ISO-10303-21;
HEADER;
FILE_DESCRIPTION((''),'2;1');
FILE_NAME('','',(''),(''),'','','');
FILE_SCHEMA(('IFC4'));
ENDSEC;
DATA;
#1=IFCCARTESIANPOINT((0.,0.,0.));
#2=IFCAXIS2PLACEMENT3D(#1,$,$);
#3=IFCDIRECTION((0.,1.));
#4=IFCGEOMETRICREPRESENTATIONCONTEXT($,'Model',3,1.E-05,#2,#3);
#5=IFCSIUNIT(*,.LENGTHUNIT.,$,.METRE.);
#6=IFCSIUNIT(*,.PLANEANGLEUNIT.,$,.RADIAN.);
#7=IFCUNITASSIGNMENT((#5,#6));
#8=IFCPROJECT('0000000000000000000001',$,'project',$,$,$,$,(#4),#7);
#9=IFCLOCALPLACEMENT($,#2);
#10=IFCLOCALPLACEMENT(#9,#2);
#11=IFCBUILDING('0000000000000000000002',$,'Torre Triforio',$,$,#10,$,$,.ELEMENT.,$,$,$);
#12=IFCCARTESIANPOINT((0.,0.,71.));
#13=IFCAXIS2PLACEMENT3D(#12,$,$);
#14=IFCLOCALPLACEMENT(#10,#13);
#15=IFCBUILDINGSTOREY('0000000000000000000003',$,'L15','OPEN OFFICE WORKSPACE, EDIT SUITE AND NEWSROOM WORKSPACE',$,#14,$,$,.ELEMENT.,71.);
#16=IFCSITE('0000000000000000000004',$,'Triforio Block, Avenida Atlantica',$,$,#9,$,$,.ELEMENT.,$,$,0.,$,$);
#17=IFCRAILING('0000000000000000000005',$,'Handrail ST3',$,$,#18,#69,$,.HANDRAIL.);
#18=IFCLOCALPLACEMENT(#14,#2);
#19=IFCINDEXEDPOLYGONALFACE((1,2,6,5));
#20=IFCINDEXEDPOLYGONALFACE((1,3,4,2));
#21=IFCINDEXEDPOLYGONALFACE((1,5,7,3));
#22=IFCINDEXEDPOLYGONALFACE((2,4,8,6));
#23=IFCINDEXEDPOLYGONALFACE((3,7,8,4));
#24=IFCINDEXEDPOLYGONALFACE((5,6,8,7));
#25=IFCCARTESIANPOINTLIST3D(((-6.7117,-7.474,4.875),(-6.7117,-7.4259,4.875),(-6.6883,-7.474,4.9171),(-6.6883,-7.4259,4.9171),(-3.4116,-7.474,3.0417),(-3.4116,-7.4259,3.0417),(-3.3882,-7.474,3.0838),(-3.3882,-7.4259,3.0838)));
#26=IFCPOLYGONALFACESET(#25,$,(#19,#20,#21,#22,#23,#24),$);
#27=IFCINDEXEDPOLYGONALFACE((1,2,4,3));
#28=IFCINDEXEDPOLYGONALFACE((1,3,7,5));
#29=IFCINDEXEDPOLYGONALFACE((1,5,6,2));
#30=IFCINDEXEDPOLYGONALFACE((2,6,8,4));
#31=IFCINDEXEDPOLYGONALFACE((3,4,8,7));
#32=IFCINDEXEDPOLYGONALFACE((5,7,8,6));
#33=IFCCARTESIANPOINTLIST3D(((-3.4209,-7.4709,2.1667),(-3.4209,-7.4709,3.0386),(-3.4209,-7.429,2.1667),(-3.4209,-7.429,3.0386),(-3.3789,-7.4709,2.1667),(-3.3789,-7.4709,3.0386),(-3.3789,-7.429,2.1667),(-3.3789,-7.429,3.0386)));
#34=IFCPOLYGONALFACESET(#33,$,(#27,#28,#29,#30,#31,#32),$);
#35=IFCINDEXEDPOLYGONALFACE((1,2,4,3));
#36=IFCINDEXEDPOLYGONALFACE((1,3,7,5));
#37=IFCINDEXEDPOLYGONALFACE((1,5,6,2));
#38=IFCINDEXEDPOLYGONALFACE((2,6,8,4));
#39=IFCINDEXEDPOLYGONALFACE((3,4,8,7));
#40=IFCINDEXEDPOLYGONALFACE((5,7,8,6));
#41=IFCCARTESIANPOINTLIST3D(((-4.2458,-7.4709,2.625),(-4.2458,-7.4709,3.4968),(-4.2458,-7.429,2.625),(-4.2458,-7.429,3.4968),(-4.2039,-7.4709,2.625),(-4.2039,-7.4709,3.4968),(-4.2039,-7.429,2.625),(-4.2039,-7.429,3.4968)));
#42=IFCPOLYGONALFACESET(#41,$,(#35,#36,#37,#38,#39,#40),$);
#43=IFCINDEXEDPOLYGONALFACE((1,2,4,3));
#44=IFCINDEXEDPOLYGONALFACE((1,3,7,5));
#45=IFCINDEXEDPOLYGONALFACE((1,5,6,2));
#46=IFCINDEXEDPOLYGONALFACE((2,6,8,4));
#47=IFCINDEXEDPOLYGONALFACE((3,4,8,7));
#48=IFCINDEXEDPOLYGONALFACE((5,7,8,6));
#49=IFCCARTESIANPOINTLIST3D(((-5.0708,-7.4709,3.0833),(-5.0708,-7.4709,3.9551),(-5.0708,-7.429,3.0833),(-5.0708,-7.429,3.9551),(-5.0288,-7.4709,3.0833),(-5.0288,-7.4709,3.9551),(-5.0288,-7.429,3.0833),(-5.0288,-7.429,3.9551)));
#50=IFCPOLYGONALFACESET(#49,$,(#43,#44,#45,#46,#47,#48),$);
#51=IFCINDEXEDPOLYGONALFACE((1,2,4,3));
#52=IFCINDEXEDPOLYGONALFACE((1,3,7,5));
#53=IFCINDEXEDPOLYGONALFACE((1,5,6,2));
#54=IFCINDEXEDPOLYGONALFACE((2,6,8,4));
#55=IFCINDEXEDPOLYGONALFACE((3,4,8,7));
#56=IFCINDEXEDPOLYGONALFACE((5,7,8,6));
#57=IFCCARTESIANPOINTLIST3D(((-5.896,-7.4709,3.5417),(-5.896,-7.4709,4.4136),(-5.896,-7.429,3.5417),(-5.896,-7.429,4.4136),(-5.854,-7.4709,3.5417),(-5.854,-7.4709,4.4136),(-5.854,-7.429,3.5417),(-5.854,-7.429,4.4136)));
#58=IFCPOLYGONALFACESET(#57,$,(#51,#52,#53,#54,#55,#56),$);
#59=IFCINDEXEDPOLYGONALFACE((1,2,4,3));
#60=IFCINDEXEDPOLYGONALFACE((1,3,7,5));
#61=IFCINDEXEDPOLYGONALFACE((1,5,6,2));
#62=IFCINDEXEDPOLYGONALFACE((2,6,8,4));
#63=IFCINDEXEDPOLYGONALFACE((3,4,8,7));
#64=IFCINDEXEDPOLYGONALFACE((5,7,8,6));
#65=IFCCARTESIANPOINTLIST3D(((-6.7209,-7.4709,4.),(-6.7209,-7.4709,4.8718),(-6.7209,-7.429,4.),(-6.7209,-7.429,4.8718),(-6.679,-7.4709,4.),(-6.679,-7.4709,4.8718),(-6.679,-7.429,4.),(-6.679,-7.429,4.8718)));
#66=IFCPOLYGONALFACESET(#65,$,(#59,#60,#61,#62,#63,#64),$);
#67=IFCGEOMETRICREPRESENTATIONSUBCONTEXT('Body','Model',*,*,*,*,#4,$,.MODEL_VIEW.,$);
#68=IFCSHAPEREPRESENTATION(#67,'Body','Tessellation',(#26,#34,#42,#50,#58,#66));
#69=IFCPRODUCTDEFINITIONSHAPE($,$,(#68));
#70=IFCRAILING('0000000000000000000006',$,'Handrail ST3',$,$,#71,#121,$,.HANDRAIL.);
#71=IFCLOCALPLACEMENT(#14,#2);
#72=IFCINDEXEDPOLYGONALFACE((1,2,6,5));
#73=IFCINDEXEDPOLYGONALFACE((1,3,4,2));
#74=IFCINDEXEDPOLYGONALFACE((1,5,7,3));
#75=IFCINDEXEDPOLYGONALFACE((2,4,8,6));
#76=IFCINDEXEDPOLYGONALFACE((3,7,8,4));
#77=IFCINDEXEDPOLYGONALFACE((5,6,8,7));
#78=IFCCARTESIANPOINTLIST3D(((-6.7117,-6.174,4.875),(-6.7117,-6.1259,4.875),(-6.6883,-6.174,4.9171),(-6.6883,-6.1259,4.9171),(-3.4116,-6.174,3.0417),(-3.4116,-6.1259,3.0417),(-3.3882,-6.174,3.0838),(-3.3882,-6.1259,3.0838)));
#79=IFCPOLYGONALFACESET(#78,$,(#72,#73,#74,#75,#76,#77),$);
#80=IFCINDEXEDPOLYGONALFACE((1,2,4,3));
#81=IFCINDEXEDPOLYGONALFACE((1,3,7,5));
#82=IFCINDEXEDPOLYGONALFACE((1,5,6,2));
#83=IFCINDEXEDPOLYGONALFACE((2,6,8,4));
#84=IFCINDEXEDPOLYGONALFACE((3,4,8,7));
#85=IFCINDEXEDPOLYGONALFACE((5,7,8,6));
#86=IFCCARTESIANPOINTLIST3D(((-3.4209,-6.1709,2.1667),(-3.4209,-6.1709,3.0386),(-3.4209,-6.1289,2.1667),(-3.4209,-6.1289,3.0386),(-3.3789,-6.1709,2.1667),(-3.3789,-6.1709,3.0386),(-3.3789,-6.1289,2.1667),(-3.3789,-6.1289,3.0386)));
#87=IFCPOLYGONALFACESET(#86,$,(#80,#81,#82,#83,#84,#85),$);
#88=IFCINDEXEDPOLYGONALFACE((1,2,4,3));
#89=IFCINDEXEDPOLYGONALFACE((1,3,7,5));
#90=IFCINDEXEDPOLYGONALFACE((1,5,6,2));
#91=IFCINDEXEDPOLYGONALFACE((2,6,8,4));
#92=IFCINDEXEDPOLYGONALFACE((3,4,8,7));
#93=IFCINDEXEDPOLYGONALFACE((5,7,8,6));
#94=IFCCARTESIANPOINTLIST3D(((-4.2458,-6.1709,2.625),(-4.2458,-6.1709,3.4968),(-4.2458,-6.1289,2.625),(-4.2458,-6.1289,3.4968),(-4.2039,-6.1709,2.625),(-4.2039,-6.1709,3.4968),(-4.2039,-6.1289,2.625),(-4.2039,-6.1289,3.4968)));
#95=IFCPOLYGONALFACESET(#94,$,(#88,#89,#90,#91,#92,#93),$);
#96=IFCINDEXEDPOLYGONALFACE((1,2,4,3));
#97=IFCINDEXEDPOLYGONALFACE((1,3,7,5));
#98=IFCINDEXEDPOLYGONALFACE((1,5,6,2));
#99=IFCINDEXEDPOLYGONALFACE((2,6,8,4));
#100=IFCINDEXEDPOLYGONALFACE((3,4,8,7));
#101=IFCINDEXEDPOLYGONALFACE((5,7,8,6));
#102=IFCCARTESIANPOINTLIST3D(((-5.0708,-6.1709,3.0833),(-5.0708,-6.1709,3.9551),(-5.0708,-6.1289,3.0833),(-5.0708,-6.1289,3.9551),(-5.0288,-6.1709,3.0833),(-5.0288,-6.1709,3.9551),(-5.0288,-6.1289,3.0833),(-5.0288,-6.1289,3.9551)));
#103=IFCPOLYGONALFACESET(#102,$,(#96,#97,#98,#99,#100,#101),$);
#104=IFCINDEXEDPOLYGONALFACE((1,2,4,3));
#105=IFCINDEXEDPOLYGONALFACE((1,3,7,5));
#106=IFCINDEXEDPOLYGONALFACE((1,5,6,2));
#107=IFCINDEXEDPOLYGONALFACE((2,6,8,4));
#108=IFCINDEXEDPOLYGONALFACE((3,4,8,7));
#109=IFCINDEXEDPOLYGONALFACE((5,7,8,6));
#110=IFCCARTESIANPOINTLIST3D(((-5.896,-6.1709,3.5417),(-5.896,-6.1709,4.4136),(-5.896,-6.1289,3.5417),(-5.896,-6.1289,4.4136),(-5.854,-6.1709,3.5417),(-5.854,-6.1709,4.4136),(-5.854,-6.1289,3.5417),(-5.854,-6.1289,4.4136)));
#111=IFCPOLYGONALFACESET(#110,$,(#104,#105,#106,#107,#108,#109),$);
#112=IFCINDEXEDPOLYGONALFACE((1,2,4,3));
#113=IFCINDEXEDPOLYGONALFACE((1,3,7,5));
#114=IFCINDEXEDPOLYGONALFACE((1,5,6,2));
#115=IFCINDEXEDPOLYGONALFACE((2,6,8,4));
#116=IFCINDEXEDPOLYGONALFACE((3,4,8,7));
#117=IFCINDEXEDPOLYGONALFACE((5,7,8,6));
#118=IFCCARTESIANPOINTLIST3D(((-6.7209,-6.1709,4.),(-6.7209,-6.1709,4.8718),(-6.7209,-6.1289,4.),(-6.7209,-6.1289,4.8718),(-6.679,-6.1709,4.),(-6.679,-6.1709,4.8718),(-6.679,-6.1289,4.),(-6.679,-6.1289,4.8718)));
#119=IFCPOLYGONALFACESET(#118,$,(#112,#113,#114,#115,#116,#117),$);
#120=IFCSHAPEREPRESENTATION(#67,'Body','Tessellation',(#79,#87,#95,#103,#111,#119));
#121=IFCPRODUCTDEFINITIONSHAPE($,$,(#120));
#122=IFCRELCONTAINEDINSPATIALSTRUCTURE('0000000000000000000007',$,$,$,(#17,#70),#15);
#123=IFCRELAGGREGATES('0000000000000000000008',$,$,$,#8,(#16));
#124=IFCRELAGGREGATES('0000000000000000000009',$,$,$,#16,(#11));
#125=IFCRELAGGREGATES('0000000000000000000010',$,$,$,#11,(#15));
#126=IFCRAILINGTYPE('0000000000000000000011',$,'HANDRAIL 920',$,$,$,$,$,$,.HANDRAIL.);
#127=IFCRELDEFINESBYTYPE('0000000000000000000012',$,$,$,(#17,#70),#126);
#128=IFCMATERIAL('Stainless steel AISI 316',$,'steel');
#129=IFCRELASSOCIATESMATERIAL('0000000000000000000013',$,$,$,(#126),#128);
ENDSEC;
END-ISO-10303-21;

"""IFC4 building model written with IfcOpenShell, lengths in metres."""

from ifc_helpers import new_model, si_unit, direction, frame, origin, origin_2d, place, context, subcontext, project, spatial, rectangle, extrude, material, type_object, element, save


model = new_model("IFC4")

# Units and contexts
model_context = context("Model", 3, precision=1e-05, world=origin(), true_north=direction((0.0, 1.0)))
body_context = subcontext(model_context, "Body", "Model", "MODEL_VIEW")
ifc_project = project(units=[si_unit("LENGTHUNIT", "METRE"), si_unit("PLANEANGLEUNIT", "RADIAN")], contexts=[model_context])

# Site, building, storey
site_placement = place(None, origin())
site = spatial("IfcSite", under=ifc_project, at=site_placement, Name="Triforio Block, Avenida Atlantica", CompositionType="ELEMENT", RefElevation=0.0)
building_placement = place(site_placement, origin())
building = spatial("IfcBuilding", under=site, at=building_placement, Name="Torre Triforio", CompositionType="ELEMENT")
storey_placement = place(building_placement, frame((0.0, 0.0, 71.0)))
storey = spatial("IfcBuildingStorey", under=building, at=storey_placement, Name="L15", Description="OPEN OFFICE WORKSPACE, EDIT SUITE AND NEWSROOM WORKSPACE", CompositionType="ELEMENT", Elevation=71.0)

# Railings
ifc_material_1 = material(Name="Stainless steel AISI 316", Category="steel")
railing_type = type_object("IfcRailingType", Name="HANDRAIL 920", PredefinedType="HANDRAIL", material=ifc_material_1)
for number, where, name in (
    (1, (-3.3999, -7.45, 2.1667), "Handrail ST3"),
    (2, (-3.3999, -6.1499, 2.1667), "Handrail ST3"),
):
    element("IfcRailing", number, at=place(storey_placement, frame(where)), inside=storey, type_object=railing_type, Name=name, PredefinedType="HANDRAIL", context=body_context, shape_type="SweptSolid", body=[
        extrude(rectangle(XDim=0.0481, YDim=0.0481, at=origin_2d()), frame((0.0, 0.0, 0.896), z_axis=(-0.874169, 0.0, 0.485621), x_axis=(0.0, -1.0, 0.0)), (0.0, 0.0, 1.0), 3.7751),
        extrude(rectangle(XDim=0.042, YDim=0.042, at=origin_2d()), origin(), (0.0, 0.0, 1.0), 0.8718),
        extrude(rectangle(XDim=0.042, YDim=0.042, at=origin_2d()), frame((-0.825, 0.0, 0.4583)), (0.0, 0.0, 1.0), 0.8718),
        extrude(rectangle(XDim=0.042, YDim=0.042, at=origin_2d()), frame((-1.6499, 0.0, 0.9165)), (0.0, 0.0, 1.0), 0.8718),
        extrude(rectangle(XDim=0.042, YDim=0.042, at=origin_2d()), frame((-2.4751, 0.0, 1.375)), (0.0, 0.0, 1.0), 0.8718),
        extrude(rectangle(XDim=0.042, YDim=0.042, at=origin_2d()), frame((-3.3, 0.0, 1.8333)), (0.0, 0.0, 1.0), 0.8718),
    ])

save(model, "model.ifc")
